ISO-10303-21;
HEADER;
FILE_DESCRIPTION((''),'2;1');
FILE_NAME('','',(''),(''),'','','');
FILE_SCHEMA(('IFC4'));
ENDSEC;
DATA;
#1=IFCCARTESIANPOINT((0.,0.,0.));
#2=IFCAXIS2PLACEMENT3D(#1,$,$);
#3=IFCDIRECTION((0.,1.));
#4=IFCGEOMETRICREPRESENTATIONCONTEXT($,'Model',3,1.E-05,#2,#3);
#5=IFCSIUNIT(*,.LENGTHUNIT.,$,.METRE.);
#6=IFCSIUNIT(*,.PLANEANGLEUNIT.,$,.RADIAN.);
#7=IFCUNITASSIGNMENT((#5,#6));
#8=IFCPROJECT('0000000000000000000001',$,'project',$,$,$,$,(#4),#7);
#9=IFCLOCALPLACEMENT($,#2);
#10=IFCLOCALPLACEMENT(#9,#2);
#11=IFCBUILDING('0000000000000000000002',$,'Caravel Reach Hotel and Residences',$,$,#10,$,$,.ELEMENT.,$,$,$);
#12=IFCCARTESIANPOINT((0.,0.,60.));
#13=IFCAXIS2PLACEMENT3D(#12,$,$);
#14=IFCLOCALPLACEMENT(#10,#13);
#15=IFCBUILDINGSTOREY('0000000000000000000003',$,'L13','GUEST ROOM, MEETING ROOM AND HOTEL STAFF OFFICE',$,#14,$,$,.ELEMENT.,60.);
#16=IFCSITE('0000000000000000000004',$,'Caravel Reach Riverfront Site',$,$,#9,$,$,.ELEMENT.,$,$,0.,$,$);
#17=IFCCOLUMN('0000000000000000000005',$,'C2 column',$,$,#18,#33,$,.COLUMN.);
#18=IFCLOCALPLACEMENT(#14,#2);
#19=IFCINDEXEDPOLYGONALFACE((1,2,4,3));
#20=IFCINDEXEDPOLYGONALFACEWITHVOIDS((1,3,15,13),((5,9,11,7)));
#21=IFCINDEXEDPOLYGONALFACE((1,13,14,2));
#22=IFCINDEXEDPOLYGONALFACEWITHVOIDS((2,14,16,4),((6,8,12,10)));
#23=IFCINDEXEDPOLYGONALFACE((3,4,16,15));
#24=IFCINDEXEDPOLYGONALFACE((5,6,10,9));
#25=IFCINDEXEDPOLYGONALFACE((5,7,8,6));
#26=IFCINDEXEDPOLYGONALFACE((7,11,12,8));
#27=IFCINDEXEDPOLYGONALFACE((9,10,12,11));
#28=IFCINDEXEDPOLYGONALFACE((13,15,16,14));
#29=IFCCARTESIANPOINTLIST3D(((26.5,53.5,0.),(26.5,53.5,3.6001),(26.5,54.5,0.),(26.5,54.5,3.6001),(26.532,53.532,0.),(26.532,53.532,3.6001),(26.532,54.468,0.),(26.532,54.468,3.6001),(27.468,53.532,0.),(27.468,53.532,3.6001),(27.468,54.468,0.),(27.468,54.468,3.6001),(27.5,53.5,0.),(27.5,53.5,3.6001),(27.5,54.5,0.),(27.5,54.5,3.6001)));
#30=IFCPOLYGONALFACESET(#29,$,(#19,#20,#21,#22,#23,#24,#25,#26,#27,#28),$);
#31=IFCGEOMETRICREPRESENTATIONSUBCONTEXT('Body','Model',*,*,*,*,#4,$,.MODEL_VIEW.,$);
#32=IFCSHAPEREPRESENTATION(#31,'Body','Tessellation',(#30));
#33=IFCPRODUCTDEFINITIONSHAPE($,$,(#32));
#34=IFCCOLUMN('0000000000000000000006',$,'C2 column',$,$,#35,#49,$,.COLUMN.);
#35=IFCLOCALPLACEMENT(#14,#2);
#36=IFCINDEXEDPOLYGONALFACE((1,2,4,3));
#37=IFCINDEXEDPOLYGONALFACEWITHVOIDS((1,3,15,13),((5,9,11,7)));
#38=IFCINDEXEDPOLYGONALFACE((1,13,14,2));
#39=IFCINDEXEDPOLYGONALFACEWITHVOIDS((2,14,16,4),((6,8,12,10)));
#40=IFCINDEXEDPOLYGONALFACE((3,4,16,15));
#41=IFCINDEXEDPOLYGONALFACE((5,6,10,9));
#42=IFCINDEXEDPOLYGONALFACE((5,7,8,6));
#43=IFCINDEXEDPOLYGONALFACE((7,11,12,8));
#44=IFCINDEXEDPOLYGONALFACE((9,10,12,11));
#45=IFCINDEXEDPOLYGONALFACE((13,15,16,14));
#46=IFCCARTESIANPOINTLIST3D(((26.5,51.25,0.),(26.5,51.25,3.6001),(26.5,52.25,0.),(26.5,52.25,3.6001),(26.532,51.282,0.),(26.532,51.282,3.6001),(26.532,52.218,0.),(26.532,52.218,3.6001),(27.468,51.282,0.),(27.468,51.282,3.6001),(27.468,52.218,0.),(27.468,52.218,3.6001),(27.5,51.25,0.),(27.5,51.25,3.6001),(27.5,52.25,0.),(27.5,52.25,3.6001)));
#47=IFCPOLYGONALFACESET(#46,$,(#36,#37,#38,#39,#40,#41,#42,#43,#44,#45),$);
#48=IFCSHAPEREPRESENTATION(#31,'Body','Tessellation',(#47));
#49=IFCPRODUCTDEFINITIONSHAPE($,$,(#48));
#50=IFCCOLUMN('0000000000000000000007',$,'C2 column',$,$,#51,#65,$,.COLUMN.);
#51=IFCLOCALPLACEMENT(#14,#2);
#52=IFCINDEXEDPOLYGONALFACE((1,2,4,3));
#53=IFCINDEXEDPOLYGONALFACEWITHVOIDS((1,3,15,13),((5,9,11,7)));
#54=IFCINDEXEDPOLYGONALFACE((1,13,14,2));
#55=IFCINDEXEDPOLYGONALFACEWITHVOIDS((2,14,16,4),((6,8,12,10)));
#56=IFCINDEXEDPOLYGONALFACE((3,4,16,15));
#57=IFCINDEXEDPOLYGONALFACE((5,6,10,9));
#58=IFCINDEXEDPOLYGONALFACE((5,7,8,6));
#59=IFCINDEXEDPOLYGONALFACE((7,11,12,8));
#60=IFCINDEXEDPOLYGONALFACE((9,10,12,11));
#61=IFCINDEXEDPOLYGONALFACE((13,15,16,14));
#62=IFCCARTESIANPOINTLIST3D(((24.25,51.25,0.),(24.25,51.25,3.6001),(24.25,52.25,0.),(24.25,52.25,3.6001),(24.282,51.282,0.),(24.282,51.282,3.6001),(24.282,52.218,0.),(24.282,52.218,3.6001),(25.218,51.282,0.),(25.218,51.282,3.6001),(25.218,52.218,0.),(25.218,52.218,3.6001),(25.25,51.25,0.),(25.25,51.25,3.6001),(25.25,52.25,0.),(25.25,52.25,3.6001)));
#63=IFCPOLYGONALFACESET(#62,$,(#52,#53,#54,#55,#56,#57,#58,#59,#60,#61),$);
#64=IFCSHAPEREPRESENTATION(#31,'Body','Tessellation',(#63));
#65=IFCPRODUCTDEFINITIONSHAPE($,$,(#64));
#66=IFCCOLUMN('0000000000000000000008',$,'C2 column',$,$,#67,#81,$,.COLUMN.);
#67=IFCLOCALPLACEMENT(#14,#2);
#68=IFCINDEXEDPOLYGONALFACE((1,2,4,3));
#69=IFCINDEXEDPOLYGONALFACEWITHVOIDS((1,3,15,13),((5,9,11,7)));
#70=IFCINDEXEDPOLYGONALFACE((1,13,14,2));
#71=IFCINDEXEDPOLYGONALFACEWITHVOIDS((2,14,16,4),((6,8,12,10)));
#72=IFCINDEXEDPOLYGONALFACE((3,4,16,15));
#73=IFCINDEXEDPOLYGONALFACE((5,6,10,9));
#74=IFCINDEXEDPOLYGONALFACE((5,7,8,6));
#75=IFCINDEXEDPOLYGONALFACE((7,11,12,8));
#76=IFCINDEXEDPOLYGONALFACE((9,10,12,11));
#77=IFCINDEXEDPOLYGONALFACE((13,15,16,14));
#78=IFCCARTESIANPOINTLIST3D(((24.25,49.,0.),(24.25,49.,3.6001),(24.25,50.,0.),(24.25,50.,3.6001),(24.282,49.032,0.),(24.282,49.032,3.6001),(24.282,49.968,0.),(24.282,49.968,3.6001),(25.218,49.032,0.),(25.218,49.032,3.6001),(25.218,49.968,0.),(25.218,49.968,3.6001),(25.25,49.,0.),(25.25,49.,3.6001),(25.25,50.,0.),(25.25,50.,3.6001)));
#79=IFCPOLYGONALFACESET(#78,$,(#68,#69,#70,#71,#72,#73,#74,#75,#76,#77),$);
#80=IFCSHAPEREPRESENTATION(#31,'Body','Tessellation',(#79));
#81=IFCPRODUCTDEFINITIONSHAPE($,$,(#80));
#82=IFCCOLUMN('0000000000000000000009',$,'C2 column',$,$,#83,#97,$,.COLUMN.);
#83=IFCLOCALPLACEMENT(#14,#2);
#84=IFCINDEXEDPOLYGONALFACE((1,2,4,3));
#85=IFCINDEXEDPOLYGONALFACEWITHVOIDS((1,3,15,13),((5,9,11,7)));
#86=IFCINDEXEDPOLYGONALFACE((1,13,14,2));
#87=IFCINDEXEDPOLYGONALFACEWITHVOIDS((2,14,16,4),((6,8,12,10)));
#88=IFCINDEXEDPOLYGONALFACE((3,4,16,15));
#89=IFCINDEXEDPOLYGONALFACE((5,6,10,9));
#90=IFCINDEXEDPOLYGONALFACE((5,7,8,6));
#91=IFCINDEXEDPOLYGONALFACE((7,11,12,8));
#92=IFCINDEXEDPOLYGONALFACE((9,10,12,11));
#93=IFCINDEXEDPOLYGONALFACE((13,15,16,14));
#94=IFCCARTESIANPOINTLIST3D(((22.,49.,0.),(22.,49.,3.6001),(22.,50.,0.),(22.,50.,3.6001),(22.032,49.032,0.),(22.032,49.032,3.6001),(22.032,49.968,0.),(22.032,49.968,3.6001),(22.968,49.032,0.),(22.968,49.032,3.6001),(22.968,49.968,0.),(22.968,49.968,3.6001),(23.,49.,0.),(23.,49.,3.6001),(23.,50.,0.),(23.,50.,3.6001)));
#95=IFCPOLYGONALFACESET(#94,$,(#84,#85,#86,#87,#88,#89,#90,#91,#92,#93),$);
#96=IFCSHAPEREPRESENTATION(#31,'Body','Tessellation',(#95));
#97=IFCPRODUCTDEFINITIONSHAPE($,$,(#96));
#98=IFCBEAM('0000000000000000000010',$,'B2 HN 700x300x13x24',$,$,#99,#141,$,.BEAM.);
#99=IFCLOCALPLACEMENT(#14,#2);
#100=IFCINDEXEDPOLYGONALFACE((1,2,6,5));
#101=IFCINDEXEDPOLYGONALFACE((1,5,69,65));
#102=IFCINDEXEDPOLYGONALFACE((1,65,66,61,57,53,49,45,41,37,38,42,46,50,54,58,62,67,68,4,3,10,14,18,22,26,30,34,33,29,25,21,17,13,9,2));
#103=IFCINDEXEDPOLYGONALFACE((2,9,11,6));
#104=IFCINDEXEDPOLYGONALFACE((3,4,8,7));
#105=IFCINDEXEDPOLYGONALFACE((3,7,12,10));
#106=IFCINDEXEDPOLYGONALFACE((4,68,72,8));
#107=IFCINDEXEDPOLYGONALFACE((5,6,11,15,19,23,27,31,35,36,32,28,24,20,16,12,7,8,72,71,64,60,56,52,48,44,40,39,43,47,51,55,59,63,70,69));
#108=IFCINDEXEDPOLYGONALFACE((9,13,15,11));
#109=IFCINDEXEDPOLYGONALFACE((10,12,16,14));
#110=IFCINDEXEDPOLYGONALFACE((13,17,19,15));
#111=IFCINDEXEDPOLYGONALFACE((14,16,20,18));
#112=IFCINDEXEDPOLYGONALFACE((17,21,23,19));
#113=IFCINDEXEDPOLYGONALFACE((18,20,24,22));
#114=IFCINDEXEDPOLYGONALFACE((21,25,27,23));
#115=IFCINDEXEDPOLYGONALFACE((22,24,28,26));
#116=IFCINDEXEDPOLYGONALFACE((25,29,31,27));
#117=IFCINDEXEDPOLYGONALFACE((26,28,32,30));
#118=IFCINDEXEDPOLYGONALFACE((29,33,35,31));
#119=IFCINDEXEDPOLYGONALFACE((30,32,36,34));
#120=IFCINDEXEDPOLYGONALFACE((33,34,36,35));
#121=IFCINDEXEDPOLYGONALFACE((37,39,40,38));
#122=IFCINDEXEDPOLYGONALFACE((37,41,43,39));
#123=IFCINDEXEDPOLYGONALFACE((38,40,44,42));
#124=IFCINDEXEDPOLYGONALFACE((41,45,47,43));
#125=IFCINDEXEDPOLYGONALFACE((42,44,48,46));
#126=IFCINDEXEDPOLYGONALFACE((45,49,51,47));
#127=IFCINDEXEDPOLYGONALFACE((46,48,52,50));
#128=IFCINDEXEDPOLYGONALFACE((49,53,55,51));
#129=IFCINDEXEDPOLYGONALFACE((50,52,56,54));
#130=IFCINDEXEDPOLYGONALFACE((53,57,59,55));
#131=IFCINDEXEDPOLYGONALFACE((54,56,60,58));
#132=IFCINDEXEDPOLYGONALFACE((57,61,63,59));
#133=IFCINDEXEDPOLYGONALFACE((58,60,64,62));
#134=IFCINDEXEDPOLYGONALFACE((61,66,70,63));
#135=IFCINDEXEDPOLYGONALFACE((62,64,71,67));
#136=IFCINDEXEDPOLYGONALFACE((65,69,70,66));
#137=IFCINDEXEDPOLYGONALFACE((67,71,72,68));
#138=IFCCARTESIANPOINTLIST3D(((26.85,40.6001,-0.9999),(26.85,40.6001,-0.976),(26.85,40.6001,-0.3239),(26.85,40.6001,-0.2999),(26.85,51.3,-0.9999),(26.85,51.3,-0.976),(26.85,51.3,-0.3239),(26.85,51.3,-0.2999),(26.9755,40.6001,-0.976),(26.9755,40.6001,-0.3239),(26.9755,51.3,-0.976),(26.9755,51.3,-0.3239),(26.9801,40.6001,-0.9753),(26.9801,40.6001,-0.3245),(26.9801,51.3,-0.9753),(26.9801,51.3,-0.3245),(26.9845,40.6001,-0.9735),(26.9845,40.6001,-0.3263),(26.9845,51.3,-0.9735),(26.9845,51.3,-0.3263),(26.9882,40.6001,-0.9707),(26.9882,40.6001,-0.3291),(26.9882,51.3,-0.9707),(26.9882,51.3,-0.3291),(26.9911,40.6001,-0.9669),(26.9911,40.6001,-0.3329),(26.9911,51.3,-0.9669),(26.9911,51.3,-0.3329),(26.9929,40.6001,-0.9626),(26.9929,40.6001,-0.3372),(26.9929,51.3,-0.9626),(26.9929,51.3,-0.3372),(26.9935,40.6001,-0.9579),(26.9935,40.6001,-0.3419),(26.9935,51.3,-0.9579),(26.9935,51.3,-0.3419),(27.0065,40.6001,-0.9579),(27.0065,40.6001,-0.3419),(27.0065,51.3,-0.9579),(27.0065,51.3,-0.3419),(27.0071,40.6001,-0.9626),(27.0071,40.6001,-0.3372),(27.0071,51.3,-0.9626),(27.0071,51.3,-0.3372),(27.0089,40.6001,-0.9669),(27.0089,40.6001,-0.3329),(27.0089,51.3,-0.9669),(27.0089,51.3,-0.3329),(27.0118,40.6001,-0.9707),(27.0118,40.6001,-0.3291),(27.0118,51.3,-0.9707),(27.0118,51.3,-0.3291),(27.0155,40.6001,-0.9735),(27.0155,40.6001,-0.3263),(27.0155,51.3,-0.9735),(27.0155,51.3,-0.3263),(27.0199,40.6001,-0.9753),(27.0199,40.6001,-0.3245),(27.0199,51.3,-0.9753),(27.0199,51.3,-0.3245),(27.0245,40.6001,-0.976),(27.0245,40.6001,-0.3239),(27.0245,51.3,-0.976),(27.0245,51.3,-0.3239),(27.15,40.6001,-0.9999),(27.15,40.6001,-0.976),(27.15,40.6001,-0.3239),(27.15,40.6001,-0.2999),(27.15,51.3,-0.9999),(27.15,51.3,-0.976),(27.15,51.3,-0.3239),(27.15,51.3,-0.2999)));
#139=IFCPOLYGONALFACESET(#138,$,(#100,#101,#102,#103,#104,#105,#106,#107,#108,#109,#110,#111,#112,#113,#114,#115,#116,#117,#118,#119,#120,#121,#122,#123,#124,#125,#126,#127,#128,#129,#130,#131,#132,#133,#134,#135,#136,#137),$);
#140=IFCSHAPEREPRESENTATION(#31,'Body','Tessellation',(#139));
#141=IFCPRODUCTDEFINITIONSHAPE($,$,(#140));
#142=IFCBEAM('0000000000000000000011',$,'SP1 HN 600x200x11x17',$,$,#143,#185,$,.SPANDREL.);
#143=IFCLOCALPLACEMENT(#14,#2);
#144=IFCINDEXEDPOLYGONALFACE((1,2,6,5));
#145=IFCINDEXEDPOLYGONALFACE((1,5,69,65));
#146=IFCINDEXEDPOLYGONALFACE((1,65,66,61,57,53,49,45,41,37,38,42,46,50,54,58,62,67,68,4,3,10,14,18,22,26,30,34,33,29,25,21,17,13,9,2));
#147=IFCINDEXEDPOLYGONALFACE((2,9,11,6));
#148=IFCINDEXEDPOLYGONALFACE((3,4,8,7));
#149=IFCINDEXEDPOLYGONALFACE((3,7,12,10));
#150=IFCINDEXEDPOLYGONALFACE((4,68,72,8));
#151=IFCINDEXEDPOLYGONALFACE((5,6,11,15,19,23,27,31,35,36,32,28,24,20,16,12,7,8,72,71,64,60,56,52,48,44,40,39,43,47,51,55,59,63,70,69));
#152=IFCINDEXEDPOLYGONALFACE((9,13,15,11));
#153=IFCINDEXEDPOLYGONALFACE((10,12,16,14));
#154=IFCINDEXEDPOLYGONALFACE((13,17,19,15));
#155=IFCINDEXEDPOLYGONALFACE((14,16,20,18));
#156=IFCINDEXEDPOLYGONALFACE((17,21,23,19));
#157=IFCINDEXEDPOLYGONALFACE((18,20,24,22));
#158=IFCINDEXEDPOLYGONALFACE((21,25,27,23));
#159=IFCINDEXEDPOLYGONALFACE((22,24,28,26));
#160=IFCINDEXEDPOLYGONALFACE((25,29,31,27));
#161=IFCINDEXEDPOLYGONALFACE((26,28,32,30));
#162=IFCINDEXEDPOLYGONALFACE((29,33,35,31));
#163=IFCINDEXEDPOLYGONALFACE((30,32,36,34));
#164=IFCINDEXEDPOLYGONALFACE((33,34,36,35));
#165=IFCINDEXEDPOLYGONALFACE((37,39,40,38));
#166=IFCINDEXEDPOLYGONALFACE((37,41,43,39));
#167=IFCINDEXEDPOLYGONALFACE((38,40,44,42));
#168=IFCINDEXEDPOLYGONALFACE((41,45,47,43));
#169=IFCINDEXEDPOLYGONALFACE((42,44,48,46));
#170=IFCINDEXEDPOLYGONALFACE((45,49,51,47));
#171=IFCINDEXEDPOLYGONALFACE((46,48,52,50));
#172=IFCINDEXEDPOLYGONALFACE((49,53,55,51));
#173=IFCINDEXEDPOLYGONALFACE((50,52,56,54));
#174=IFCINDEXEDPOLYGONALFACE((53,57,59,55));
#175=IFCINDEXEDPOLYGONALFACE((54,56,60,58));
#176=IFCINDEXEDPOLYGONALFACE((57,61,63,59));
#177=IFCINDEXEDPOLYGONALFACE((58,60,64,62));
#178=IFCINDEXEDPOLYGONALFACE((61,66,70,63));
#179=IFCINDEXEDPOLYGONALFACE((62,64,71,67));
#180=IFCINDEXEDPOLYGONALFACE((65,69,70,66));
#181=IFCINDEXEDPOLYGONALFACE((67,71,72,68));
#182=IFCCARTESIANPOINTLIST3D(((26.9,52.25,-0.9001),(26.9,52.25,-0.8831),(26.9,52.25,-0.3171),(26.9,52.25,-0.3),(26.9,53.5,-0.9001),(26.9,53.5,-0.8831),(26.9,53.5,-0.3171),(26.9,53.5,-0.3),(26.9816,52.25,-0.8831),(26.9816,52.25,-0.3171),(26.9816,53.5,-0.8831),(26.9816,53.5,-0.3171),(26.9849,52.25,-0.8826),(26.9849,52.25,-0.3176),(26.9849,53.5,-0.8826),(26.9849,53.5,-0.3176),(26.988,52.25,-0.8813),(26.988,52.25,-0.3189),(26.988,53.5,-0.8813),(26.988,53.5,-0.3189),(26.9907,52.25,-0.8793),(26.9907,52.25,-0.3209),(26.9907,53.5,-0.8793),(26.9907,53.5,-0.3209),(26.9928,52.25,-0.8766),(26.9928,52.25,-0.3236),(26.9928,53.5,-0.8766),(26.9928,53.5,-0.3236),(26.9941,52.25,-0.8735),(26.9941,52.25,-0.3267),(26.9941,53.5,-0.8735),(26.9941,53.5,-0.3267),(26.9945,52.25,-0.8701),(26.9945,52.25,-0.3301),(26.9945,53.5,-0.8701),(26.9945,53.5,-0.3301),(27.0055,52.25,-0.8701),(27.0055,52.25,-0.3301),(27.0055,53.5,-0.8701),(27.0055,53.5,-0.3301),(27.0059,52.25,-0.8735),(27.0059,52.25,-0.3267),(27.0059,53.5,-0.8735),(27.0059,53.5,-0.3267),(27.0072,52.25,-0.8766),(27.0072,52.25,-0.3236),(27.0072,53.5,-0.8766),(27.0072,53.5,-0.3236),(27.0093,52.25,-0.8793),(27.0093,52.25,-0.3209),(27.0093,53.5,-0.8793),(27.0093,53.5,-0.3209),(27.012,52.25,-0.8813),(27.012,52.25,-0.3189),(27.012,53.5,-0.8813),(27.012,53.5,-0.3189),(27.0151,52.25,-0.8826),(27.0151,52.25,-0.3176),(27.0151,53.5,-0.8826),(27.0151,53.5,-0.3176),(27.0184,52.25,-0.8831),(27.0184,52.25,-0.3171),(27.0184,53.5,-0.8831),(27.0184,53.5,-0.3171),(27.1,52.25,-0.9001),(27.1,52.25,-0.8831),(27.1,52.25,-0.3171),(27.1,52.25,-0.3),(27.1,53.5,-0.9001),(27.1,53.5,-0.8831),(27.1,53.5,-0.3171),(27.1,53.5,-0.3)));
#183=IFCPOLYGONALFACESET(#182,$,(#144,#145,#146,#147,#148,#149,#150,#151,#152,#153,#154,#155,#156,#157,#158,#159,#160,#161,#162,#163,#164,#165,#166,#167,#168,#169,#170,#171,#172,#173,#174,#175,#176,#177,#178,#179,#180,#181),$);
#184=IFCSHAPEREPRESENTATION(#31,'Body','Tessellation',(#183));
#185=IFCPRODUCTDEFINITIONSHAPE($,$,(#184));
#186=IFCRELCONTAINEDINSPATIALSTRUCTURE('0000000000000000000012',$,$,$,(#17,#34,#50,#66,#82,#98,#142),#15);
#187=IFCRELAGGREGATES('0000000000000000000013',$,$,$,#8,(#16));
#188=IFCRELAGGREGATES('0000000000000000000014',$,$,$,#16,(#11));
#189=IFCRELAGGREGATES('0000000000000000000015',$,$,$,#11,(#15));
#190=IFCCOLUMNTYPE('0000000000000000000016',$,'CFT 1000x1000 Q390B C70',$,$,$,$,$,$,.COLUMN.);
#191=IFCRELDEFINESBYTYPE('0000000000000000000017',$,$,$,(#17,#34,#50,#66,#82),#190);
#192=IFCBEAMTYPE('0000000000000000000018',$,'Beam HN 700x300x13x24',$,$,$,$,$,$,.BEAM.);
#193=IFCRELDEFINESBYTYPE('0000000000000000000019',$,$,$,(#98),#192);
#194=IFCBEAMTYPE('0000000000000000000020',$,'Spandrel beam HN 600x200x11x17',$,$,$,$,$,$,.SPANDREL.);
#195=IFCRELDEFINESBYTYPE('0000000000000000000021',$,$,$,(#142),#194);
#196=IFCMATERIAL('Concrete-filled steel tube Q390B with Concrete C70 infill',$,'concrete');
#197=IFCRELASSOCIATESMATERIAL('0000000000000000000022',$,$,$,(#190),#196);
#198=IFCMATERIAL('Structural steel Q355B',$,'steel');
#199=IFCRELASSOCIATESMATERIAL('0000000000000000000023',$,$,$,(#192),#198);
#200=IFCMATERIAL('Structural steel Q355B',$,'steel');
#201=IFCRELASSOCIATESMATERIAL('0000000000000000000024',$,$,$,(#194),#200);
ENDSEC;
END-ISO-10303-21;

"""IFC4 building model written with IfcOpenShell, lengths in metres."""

from ifc_helpers import new_model, si_unit, direction, frame, origin, origin_2d, place, context, subcontext, project, spatial, hollow_rectangle, i_section, extrude, material, material_profile, profile_set, type_object, element, save


model = new_model("IFC4")

# Units and contexts
model_context = context("Model", 3, precision=1e-05, world=origin(), true_north=direction((0.0, 1.0)))
body_context = subcontext(model_context, "Body", "Model", "MODEL_VIEW")
ifc_project = project(units=[si_unit("LENGTHUNIT", "METRE"), si_unit("PLANEANGLEUNIT", "RADIAN")], contexts=[model_context])

# Site, building, storey
site_placement = place(None, origin())
site = spatial("IfcSite", under=ifc_project, at=site_placement, Name="Caravel Reach Riverfront Site", CompositionType="ELEMENT", RefElevation=0.0)
building_placement = place(site_placement, origin())
building = spatial("IfcBuilding", under=site, at=building_placement, Name="Caravel Reach Hotel and Residences", CompositionType="ELEMENT")
storey_placement = place(building_placement, frame((0.0, 0.0, 60.0)))
storey = spatial("IfcBuildingStorey", under=building, at=storey_placement, Name="L13", Description="GUEST ROOM, MEETING ROOM AND HOTEL STAFF OFFICE", CompositionType="ELEMENT", Elevation=60.0)

# Columns
ifc_material_1 = material(Name="Concrete-filled steel tube Q390B with Concrete C70 infill", Category="concrete")
ifc_material_profile_1 = material_profile(ifc_material_1, hollow_rectangle(XDim=1.0, YDim=1.0, WallThickness=0.032, at=origin_2d()), Name="RHS 1000x1000x32")
ifc_profile_set_1 = profile_set([ifc_material_profile_1], Name="Concrete-filled steel tube Q390B with Concrete C70 infill")
column_type = type_object("IfcColumnType", Name="CFT 1000x1000 Q390B C70", PredefinedType="COLUMN", material=ifc_profile_set_1)
for number, where, z_axis, x_axis, name in (
    (1, (27.0, 54.0, 0.0), (0.0, 0.0, 1.0), (1.0, 0.0, 0.0), "C2 column"),
    (2, (27.0, 51.75, 0.0), (0.0, 0.0, 1.0), (1.0, 0.0, 0.0), "C2 column"),
    (3, (24.75, 51.75, 0.0), (0.0, 0.0, 1.0), (1.0, 0.0, 0.0), "C2 column"),
    (4, (24.75, 49.5, 0.0), (0.0, 0.0, 1.0), (1.0, 0.0, 0.0), "C2 column"),
    (5, (22.5, 49.5, 0.0), (0.0, 0.0, 1.0), (1.0, 0.0, 0.0), "C2 column"),
):
    element("IfcColumn", number, at=place(storey_placement, frame(where, z_axis=z_axis, x_axis=x_axis)), inside=storey, type_object=column_type, Name=name, PredefinedType="COLUMN", context=body_context, shape_type="SweptSolid", body=[
        extrude(hollow_rectangle(XDim=1.0, YDim=1.0, WallThickness=0.032, at=origin_2d()), origin(), (0.0, 0.0, 1.0), 3.6001),
    ])

# Beams
ifc_material_2 = material(Name="Structural steel Q355B", Category="steel")
ifc_material_profile_2 = material_profile(ifc_material_2, i_section(OverallWidth=0.3, OverallDepth=0.7, WebThickness=0.0129, FlangeThickness=0.0239, FilletRadius=0.0181, at=origin_2d()), Name="HN 700x300x13x24")
ifc_profile_set_2 = profile_set([ifc_material_profile_2], Name="Structural steel Q355B")
beam_type_1 = type_object("IfcBeamType", Name="Beam HN 700x300x13x24", PredefinedType="BEAM", material=ifc_profile_set_2)
beam_1_placement = place(storey_placement, frame((27.0, 40.6001, -0.6499), z_axis=(0.0, 1.0, 0.0), x_axis=(-1.0, 0.0, 0.0)))
element("IfcBeam", 6, at=beam_1_placement, inside=storey, type_object=beam_type_1, Name="B2 HN 700x300x13x24", PredefinedType="BEAM", context=body_context, shape_type="SweptSolid", body=[
    extrude(i_section(OverallWidth=0.3, OverallDepth=0.7, WebThickness=0.0129, FlangeThickness=0.0239, FilletRadius=0.0181, at=origin_2d()), origin(), (0.0, 0.0, 1.0), 10.7),
])
ifc_material_3 = material(Name="Structural steel Q355B", Category="steel")
ifc_material_profile_3 = material_profile(ifc_material_3, i_section(OverallWidth=0.2, OverallDepth=0.6001, WebThickness=0.011, FlangeThickness=0.0171, FilletRadius=0.0129, at=origin_2d()), Name="HN 600x200x11x17")
ifc_profile_set_3 = profile_set([ifc_material_profile_3], Name="Structural steel Q355B")
beam_type_2 = type_object("IfcBeamType", Name="Spandrel beam HN 600x200x11x17", PredefinedType="SPANDREL", material=ifc_profile_set_3)
for number, where, z_axis, x_axis, name in (
    (7, (27.0, 53.5, -0.6001), (0.0, -1.0, 0.0), (1.0, 0.0, 0.0), "SP1 HN 600x200x11x17"),
):
    element("IfcBeam", number, at=place(storey_placement, frame(where, z_axis=z_axis, x_axis=x_axis)), inside=storey, type_object=beam_type_2, Name=name, PredefinedType="SPANDREL", context=body_context, shape_type="SweptSolid", body=[
        extrude(i_section(OverallWidth=0.2, OverallDepth=0.6001, WebThickness=0.011, FlangeThickness=0.0171, FilletRadius=0.0129, at=origin_2d()), origin(), (0.0, 0.0, 1.0), 1.25),
    ])

save(model, "model.ifc")
